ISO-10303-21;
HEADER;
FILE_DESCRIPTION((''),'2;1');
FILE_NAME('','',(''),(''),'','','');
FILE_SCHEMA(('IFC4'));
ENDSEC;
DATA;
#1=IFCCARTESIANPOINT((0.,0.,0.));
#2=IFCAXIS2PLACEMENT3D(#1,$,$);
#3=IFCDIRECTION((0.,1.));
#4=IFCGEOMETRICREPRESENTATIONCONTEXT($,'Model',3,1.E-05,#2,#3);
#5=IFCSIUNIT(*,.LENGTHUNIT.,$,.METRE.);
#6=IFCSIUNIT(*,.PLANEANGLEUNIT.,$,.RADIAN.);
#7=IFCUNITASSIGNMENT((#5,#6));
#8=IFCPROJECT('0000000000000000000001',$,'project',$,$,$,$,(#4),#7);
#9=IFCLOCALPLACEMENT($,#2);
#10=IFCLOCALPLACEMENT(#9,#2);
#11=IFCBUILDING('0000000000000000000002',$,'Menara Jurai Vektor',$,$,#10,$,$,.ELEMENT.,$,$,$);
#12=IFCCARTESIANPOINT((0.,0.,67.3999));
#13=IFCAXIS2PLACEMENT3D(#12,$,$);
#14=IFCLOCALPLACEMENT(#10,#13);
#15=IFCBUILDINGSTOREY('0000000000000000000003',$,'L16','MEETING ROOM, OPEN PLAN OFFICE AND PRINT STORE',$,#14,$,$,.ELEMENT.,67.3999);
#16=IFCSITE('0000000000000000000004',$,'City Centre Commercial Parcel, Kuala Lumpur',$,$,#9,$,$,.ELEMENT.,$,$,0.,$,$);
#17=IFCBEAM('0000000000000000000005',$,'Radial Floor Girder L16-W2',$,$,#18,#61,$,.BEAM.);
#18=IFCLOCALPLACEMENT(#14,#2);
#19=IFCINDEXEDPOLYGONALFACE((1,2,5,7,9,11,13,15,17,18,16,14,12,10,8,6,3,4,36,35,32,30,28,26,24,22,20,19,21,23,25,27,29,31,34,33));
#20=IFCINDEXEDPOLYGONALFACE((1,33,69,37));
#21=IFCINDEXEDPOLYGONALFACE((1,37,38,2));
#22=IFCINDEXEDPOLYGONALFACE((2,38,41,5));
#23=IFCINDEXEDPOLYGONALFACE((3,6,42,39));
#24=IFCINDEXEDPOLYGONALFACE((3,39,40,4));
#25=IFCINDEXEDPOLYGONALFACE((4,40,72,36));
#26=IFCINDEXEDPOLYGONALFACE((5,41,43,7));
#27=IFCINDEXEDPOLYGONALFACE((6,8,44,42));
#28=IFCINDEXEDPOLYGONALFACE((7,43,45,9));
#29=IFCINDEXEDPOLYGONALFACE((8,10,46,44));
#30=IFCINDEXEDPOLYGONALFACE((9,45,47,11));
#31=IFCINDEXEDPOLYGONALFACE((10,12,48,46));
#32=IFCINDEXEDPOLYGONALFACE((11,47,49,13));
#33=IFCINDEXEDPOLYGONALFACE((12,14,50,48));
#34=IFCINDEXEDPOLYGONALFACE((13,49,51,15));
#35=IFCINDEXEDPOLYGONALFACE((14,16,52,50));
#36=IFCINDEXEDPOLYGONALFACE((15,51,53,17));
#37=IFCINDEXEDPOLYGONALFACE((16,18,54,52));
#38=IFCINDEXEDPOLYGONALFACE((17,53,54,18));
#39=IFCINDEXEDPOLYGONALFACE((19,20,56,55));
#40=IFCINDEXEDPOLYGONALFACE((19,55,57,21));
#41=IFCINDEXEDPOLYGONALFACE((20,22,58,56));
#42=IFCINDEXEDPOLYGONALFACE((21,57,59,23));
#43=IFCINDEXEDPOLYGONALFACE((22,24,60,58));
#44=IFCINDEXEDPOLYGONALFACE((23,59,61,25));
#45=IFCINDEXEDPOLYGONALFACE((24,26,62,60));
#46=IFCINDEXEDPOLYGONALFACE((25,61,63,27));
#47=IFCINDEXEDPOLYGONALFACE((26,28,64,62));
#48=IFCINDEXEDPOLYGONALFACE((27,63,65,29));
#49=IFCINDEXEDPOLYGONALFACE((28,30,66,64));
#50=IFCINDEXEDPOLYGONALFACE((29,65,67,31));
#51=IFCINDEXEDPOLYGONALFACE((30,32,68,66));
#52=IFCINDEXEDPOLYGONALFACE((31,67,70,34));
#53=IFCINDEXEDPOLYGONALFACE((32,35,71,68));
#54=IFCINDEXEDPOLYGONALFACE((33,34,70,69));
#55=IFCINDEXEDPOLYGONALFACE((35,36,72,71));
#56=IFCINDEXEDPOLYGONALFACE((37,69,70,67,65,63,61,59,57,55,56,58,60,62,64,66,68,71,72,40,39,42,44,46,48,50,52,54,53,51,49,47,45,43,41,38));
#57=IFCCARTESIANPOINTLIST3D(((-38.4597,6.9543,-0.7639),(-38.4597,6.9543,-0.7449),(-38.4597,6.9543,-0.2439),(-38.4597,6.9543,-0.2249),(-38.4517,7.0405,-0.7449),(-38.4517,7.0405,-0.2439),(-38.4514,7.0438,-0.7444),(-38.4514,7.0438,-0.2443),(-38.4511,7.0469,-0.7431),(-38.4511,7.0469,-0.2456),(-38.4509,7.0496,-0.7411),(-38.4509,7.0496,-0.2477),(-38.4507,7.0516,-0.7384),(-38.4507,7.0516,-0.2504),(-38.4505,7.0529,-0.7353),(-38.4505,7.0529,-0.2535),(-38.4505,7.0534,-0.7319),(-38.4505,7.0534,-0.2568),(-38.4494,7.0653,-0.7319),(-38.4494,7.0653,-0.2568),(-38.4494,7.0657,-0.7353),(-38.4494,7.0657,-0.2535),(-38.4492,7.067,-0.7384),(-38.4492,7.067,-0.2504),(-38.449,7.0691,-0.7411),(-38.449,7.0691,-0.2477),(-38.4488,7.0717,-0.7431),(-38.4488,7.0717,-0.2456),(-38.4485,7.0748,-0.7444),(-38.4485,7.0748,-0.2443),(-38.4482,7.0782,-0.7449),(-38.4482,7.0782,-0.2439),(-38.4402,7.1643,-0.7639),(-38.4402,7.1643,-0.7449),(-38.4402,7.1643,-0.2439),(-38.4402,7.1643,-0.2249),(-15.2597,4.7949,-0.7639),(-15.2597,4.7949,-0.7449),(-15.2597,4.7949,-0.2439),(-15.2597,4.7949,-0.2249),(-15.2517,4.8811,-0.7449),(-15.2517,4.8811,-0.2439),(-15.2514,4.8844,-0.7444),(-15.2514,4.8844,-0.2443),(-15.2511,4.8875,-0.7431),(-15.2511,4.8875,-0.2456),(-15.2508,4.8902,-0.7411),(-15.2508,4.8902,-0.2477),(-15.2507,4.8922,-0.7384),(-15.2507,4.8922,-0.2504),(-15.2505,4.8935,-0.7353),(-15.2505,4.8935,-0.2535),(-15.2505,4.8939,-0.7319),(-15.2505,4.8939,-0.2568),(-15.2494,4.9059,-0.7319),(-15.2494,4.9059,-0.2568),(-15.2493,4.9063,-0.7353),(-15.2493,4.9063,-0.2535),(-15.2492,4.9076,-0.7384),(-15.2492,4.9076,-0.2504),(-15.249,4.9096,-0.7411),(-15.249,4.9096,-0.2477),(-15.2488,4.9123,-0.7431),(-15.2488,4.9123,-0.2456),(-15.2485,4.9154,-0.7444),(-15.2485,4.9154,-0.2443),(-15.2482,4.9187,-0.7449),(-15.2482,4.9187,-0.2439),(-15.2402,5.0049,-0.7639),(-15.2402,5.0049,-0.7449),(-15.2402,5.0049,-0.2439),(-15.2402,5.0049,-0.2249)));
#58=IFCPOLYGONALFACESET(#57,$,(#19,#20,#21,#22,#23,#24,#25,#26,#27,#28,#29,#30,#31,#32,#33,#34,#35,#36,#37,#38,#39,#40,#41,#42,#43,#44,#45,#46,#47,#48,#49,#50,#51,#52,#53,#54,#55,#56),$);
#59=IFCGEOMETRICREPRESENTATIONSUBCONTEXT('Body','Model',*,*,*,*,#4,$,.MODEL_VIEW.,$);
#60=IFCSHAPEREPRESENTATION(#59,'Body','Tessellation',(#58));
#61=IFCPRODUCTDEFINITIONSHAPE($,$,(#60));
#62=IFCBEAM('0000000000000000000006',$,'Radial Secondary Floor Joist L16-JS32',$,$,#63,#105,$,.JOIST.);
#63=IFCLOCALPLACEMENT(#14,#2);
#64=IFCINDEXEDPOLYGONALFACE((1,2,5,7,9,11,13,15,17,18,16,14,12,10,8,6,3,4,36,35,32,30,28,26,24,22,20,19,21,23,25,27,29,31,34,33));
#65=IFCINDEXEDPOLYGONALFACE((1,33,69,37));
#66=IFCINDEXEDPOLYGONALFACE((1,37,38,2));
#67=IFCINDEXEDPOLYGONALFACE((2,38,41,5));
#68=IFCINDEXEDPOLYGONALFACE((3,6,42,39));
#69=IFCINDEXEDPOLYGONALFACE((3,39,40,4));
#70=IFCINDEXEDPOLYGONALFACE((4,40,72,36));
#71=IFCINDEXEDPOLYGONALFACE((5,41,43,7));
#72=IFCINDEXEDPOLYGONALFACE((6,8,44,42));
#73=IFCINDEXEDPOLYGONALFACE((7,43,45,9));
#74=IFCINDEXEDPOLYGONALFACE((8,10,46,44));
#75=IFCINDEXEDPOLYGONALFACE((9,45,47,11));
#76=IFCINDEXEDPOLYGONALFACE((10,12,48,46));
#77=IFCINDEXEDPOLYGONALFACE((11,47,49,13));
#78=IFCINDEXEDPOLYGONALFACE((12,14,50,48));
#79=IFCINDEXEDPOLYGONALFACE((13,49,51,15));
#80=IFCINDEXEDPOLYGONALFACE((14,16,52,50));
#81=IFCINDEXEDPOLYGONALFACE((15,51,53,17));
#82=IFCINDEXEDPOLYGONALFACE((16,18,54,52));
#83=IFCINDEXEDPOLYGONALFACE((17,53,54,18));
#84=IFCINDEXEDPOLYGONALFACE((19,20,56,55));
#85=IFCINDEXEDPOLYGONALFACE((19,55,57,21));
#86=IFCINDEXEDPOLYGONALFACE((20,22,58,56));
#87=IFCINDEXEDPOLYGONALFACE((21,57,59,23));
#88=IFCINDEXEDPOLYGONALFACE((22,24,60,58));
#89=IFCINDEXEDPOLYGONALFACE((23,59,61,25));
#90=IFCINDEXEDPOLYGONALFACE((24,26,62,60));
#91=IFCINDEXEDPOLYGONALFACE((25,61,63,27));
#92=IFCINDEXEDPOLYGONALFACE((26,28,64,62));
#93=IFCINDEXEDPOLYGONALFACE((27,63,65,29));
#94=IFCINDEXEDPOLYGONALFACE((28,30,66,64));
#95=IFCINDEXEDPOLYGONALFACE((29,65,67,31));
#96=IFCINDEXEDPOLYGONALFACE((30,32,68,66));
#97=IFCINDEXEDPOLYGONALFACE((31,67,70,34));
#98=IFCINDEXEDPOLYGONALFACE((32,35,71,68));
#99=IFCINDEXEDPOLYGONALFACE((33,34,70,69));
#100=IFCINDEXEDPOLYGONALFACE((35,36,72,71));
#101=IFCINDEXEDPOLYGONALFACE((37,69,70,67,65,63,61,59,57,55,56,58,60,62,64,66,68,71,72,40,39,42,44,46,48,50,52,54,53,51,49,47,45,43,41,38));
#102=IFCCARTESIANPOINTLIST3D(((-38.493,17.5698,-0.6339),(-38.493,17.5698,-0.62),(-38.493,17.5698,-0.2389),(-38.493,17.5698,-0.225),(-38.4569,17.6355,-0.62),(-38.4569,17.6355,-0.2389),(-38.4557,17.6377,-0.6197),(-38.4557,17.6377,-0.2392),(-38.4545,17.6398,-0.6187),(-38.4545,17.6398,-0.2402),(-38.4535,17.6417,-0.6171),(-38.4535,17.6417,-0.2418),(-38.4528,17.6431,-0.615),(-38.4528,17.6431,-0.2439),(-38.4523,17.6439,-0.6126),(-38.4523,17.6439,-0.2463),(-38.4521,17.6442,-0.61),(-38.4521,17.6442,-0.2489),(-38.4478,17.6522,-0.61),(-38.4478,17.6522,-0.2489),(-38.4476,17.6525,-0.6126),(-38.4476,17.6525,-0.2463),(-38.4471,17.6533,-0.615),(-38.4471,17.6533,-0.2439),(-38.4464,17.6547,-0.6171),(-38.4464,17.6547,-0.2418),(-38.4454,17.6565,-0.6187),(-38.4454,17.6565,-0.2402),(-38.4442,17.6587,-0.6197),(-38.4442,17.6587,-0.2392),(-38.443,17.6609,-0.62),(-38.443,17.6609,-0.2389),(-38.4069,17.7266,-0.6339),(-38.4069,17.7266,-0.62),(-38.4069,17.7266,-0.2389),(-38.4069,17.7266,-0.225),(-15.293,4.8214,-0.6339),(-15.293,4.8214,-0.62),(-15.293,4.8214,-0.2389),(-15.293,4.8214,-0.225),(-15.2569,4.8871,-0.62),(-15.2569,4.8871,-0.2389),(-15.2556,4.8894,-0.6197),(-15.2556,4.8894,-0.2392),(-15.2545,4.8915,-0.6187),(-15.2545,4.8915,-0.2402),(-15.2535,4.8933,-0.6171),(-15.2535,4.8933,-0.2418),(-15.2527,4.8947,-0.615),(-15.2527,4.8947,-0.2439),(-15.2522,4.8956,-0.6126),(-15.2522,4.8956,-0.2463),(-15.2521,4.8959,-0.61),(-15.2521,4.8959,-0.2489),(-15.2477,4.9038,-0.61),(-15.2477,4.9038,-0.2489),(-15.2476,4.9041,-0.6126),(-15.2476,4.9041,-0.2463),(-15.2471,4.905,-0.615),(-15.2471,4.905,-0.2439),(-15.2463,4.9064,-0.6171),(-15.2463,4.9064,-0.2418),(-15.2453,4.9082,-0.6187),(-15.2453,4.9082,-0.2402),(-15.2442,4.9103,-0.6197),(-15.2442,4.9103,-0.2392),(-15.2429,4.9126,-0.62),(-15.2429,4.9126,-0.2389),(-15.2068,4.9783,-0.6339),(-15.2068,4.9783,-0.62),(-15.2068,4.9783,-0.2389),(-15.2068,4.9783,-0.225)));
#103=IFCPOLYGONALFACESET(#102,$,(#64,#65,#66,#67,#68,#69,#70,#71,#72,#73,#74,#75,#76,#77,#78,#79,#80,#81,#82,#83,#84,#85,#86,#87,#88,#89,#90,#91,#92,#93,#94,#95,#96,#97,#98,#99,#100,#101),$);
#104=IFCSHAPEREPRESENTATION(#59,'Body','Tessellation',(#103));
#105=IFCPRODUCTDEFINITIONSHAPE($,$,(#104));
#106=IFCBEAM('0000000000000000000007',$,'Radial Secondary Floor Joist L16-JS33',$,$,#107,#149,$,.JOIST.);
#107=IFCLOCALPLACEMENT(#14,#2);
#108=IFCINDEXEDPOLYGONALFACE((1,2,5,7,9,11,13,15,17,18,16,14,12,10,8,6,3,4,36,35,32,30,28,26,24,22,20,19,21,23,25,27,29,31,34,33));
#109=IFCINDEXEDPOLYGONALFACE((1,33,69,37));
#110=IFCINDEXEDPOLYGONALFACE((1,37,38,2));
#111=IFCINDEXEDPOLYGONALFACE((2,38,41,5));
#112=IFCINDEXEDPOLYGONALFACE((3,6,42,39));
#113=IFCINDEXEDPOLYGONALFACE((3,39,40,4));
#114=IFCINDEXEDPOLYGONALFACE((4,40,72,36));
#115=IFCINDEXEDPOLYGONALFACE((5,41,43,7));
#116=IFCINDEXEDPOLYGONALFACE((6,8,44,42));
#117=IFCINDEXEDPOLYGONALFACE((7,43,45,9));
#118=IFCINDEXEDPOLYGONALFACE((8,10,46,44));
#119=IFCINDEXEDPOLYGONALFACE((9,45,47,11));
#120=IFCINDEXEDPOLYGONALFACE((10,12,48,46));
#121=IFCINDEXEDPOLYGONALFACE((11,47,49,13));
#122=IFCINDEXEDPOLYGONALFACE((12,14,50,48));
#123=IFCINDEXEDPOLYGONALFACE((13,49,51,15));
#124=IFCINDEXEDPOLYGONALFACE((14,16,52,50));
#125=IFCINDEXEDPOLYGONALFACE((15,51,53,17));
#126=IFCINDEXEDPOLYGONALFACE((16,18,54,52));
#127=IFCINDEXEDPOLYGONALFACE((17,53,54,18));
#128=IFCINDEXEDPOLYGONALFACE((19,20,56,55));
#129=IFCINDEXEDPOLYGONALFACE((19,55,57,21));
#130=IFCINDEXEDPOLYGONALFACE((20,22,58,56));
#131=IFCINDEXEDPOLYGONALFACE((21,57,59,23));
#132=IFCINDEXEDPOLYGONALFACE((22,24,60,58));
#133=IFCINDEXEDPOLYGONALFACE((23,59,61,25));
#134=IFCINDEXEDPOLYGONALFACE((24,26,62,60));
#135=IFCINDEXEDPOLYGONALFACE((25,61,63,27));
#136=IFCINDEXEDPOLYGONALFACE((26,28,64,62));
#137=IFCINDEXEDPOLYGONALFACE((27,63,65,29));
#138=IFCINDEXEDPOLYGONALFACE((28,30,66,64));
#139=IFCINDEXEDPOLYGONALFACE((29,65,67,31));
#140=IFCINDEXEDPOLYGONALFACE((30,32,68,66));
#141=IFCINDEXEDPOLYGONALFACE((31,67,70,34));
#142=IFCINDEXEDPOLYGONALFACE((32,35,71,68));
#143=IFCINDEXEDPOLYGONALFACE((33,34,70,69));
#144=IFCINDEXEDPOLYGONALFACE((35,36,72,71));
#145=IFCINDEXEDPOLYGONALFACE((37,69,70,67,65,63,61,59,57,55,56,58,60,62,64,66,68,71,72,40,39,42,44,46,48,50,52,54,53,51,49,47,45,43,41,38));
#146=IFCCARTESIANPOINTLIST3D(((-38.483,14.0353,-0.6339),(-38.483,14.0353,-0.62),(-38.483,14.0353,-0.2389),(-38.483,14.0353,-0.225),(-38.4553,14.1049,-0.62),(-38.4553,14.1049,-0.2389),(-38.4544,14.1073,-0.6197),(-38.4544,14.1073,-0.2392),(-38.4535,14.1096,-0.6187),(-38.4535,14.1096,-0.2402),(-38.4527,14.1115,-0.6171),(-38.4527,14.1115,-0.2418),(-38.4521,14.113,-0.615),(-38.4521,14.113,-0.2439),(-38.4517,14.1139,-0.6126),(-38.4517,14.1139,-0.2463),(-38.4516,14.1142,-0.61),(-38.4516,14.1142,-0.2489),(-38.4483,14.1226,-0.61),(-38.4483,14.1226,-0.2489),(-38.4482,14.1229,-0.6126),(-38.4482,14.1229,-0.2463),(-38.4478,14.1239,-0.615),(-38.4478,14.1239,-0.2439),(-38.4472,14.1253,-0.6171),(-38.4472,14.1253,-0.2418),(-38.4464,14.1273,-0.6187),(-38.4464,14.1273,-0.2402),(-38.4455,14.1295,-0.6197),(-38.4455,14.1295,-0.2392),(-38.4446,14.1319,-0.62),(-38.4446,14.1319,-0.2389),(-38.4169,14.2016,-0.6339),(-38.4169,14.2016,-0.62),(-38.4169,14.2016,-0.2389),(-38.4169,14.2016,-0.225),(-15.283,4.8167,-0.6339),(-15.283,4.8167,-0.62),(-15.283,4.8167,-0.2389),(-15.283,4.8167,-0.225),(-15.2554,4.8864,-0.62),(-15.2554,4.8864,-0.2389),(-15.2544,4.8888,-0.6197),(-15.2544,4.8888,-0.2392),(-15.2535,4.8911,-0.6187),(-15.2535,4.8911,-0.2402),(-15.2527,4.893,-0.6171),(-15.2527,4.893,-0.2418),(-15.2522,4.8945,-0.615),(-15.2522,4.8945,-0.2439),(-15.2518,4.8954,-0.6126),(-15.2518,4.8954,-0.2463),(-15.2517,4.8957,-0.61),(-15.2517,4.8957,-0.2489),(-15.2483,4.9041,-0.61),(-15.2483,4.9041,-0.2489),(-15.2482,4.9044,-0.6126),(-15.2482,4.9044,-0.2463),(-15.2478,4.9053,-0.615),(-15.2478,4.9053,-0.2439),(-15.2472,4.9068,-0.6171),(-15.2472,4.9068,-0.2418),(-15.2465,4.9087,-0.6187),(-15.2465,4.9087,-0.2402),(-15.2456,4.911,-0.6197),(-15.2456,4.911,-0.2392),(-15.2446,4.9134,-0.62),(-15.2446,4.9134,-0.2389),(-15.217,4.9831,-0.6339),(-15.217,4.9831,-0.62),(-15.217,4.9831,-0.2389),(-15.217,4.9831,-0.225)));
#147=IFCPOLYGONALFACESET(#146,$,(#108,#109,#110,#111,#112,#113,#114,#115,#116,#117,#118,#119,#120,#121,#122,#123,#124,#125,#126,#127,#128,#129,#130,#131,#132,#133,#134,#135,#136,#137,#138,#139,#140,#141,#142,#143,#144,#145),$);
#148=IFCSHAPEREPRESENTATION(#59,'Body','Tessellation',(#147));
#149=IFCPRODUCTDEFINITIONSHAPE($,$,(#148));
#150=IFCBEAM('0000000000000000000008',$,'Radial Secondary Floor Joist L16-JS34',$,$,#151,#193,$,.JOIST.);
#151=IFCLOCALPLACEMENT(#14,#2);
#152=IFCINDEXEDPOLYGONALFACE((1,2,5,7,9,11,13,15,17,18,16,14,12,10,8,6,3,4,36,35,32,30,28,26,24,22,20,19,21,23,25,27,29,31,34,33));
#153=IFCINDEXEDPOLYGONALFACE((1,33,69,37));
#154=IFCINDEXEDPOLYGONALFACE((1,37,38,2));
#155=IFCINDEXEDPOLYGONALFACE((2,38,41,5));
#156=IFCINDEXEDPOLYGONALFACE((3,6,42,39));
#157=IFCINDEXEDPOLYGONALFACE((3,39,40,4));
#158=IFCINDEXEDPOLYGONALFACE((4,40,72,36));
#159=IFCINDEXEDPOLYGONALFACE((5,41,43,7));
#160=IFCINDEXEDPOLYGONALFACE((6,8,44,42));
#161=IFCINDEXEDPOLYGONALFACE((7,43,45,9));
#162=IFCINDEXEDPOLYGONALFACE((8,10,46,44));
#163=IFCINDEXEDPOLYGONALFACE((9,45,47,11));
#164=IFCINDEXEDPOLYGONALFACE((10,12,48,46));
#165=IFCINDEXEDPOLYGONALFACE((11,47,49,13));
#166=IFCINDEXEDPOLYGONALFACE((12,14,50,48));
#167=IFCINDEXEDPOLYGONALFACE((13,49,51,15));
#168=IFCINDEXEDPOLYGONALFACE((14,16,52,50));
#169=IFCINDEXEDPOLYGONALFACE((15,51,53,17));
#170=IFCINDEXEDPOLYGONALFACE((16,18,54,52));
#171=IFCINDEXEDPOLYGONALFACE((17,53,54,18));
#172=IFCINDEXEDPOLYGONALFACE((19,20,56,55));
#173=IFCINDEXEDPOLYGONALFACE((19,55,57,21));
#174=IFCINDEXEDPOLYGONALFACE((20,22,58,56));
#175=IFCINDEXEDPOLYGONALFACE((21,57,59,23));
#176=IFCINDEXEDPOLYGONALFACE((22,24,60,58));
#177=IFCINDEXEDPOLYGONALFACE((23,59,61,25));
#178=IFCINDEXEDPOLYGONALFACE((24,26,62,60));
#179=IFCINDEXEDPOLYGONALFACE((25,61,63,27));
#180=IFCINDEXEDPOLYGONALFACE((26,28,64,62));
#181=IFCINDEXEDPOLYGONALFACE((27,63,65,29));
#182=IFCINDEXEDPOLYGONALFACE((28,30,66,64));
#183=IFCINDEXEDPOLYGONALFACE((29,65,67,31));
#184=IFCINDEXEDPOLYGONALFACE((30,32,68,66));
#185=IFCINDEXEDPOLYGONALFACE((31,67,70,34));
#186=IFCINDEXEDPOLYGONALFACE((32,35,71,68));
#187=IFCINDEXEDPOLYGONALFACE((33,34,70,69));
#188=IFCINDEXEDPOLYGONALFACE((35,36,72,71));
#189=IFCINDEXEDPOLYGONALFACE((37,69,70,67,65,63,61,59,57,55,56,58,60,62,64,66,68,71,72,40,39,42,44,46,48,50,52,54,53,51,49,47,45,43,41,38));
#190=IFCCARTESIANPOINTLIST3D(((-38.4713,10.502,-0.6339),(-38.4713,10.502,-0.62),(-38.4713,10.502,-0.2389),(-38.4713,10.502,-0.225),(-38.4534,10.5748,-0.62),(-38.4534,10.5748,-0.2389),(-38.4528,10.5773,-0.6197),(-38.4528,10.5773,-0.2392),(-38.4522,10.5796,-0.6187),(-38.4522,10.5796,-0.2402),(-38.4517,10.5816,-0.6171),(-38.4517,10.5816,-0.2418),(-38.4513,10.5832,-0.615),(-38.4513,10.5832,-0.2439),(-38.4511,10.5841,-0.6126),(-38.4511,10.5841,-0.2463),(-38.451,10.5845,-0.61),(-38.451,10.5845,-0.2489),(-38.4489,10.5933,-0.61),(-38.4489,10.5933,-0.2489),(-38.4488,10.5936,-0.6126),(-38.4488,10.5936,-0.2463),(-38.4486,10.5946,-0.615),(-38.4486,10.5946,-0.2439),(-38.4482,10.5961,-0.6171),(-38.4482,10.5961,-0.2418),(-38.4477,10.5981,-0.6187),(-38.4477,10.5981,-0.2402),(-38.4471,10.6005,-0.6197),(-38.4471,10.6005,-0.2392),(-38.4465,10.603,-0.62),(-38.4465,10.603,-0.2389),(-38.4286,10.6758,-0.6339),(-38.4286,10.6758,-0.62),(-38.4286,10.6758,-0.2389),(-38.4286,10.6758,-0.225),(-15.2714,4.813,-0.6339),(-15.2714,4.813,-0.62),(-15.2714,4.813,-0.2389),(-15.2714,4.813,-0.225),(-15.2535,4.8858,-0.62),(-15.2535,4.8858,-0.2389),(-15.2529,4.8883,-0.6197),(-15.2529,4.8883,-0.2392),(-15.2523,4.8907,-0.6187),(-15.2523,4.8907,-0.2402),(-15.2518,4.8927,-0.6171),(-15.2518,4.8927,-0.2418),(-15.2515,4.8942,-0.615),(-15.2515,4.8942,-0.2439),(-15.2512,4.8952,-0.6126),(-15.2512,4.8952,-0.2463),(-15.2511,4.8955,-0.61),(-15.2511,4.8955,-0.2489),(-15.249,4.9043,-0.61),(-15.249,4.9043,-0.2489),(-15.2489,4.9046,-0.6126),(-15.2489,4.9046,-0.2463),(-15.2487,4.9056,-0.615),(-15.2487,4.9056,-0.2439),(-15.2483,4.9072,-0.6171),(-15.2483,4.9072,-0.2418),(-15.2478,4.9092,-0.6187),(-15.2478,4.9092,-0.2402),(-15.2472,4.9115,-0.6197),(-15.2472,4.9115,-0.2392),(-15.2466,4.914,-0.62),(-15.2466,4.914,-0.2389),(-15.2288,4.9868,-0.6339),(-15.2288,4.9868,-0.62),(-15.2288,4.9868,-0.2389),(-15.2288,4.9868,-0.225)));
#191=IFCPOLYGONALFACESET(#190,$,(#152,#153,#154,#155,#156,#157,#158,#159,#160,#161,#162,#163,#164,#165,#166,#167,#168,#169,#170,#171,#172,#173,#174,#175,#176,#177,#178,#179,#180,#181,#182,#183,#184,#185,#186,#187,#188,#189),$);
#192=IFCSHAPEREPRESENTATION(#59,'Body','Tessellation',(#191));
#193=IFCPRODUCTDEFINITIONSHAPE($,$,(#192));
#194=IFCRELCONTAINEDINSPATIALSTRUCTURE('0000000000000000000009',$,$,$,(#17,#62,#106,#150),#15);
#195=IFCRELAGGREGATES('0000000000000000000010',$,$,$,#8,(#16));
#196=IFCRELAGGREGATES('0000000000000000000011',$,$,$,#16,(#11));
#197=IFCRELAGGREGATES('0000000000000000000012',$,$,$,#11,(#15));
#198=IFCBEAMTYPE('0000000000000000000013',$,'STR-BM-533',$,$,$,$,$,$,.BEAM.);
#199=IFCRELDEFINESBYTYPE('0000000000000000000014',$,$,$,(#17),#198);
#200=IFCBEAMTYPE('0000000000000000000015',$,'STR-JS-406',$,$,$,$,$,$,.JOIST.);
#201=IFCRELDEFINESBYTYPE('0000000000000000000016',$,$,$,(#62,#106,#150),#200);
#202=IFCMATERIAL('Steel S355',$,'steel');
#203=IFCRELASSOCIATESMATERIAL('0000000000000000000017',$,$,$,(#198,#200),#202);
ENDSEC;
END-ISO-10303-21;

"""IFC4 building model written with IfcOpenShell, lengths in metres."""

from ifc_helpers import new_model, si_unit, direction, frame, origin, origin_2d, place, context, subcontext, project, spatial, i_section, extrude, material, material_profile, profile_set, type_object, element, save


model = new_model("IFC4")

# Units and contexts
model_context = context("Model", 3, precision=1e-05, world=origin(), true_north=direction((0.0, 1.0)))
body_context = subcontext(model_context, "Body", "Model", "MODEL_VIEW")
ifc_project = project(units=[si_unit("LENGTHUNIT", "METRE"), si_unit("PLANEANGLEUNIT", "RADIAN")], contexts=[model_context])

# Site, building, storey
site_placement = place(None, origin())
site = spatial("IfcSite", under=ifc_project, at=site_placement, Name="City Centre Commercial Parcel, Kuala Lumpur", CompositionType="ELEMENT", RefElevation=0.0)
building_placement = place(site_placement, origin())
building = spatial("IfcBuilding", under=site, at=building_placement, Name="Menara Jurai Vektor", CompositionType="ELEMENT")
storey_placement = place(building_placement, frame((0.0, 0.0, 67.3999)))
storey = spatial("IfcBuildingStorey", under=building, at=storey_placement, Name="L16", Description="MEETING ROOM, OPEN PLAN OFFICE AND PRINT STORE", CompositionType="ELEMENT", Elevation=67.3999)

# Beams
ifc_material_1 = material(Name="Steel S355", Category="steel")
ifc_material_profile_1 = material_profile(ifc_material_1, i_section(OverallWidth=0.2109, OverallDepth=0.5391, WebThickness=0.012, FlangeThickness=0.019, FilletRadius=0.0129, at=origin_2d()), Name="UKB 533x210x109")
ifc_profile_set_1 = profile_set([ifc_material_profile_1], Name="Steel S355")
beam_type_1 = type_object("IfcBeamType", Name="STR-BM-533", PredefinedType="BEAM", material=ifc_profile_set_1)
beam_1_placement = place(storey_placement, frame((-38.45, 7.0593, -0.4944), z_axis=(0.995696, -0.092678, 0.0), x_axis=(0.092678, 0.995696, 0.0)))
element("IfcBeam", 1, at=beam_1_placement, inside=storey, type_object=beam_type_1, Name="Radial Floor Girder L16-W2", PredefinedType="BEAM", context=body_context, shape_type="SweptSolid", body=[
    extrude(i_section(OverallWidth=0.2109, OverallDepth=0.5391, WebThickness=0.012, FlangeThickness=0.019, FilletRadius=0.0129, at=origin_2d()), origin(), (0.0, 0.0, 1.0), 23.3003),
])
ifc_material_profile_2 = material_profile(ifc_material_1, i_section(OverallWidth=0.179, OverallDepth=0.4089, WebThickness=0.009, FlangeThickness=0.0139, FilletRadius=0.01, at=origin_2d()), Name="UKB 406x178x67")
ifc_profile_set_2 = profile_set([ifc_material_profile_2], Name="Steel S355")
beam_type_2 = type_object("IfcBeamType", Name="STR-JS-406", PredefinedType="JOIST", material=ifc_profile_set_2)
beam_2_placement = place(storey_placement, frame((-38.45, 17.6482, -0.4294), z_axis=(0.876402, -0.48158, 0.0), x_axis=(0.48158, 0.876402, 0.0)))
element("IfcBeam", 2, at=beam_2_placement, inside=storey, type_object=beam_type_2, Name="Radial Secondary Floor Joist L16-JS32", PredefinedType="JOIST", context=body_context, shape_type="SweptSolid", body=[
    extrude(i_section(OverallWidth=0.179, OverallDepth=0.4089, WebThickness=0.009, FlangeThickness=0.0139, FilletRadius=0.01, at=origin_2d()), origin(), (0.0, 0.0, 1.0), 26.4719),
])
beam_3_placement = place(storey_placement, frame((-38.45, 14.1184, -0.4294), z_axis=(0.929323, -0.369267, 0.0), x_axis=(0.369267, 0.929323, 0.0)))
element("IfcBeam", 3, at=beam_3_placement, inside=storey, type_object=beam_type_2, Name="Radial Secondary Floor Joist L16-JS33", PredefinedType="JOIST", context=body_context, shape_type="SweptSolid", body=[
    extrude(i_section(OverallWidth=0.179, OverallDepth=0.4089, WebThickness=0.009, FlangeThickness=0.0139, FilletRadius=0.01, at=origin_2d()), origin(), (0.0, 0.0, 1.0), 24.9644),
])
beam_4_placement = place(storey_placement, frame((-38.45, 10.5889, -0.4294), z_axis=(0.971226, -0.238159, 0.0), x_axis=(0.238159, 0.971226, 0.0)))
element("IfcBeam", 4, at=beam_4_placement, inside=storey, type_object=beam_type_2, Name="Radial Secondary Floor Joist L16-JS34", PredefinedType="JOIST", context=body_context, shape_type="SweptSolid", body=[
    extrude(i_section(OverallWidth=0.179, OverallDepth=0.4089, WebThickness=0.009, FlangeThickness=0.0139, FilletRadius=0.01, at=origin_2d()), origin(), (0.0, 0.0, 1.0), 23.8872),
])

save(model, "model.ifc")
